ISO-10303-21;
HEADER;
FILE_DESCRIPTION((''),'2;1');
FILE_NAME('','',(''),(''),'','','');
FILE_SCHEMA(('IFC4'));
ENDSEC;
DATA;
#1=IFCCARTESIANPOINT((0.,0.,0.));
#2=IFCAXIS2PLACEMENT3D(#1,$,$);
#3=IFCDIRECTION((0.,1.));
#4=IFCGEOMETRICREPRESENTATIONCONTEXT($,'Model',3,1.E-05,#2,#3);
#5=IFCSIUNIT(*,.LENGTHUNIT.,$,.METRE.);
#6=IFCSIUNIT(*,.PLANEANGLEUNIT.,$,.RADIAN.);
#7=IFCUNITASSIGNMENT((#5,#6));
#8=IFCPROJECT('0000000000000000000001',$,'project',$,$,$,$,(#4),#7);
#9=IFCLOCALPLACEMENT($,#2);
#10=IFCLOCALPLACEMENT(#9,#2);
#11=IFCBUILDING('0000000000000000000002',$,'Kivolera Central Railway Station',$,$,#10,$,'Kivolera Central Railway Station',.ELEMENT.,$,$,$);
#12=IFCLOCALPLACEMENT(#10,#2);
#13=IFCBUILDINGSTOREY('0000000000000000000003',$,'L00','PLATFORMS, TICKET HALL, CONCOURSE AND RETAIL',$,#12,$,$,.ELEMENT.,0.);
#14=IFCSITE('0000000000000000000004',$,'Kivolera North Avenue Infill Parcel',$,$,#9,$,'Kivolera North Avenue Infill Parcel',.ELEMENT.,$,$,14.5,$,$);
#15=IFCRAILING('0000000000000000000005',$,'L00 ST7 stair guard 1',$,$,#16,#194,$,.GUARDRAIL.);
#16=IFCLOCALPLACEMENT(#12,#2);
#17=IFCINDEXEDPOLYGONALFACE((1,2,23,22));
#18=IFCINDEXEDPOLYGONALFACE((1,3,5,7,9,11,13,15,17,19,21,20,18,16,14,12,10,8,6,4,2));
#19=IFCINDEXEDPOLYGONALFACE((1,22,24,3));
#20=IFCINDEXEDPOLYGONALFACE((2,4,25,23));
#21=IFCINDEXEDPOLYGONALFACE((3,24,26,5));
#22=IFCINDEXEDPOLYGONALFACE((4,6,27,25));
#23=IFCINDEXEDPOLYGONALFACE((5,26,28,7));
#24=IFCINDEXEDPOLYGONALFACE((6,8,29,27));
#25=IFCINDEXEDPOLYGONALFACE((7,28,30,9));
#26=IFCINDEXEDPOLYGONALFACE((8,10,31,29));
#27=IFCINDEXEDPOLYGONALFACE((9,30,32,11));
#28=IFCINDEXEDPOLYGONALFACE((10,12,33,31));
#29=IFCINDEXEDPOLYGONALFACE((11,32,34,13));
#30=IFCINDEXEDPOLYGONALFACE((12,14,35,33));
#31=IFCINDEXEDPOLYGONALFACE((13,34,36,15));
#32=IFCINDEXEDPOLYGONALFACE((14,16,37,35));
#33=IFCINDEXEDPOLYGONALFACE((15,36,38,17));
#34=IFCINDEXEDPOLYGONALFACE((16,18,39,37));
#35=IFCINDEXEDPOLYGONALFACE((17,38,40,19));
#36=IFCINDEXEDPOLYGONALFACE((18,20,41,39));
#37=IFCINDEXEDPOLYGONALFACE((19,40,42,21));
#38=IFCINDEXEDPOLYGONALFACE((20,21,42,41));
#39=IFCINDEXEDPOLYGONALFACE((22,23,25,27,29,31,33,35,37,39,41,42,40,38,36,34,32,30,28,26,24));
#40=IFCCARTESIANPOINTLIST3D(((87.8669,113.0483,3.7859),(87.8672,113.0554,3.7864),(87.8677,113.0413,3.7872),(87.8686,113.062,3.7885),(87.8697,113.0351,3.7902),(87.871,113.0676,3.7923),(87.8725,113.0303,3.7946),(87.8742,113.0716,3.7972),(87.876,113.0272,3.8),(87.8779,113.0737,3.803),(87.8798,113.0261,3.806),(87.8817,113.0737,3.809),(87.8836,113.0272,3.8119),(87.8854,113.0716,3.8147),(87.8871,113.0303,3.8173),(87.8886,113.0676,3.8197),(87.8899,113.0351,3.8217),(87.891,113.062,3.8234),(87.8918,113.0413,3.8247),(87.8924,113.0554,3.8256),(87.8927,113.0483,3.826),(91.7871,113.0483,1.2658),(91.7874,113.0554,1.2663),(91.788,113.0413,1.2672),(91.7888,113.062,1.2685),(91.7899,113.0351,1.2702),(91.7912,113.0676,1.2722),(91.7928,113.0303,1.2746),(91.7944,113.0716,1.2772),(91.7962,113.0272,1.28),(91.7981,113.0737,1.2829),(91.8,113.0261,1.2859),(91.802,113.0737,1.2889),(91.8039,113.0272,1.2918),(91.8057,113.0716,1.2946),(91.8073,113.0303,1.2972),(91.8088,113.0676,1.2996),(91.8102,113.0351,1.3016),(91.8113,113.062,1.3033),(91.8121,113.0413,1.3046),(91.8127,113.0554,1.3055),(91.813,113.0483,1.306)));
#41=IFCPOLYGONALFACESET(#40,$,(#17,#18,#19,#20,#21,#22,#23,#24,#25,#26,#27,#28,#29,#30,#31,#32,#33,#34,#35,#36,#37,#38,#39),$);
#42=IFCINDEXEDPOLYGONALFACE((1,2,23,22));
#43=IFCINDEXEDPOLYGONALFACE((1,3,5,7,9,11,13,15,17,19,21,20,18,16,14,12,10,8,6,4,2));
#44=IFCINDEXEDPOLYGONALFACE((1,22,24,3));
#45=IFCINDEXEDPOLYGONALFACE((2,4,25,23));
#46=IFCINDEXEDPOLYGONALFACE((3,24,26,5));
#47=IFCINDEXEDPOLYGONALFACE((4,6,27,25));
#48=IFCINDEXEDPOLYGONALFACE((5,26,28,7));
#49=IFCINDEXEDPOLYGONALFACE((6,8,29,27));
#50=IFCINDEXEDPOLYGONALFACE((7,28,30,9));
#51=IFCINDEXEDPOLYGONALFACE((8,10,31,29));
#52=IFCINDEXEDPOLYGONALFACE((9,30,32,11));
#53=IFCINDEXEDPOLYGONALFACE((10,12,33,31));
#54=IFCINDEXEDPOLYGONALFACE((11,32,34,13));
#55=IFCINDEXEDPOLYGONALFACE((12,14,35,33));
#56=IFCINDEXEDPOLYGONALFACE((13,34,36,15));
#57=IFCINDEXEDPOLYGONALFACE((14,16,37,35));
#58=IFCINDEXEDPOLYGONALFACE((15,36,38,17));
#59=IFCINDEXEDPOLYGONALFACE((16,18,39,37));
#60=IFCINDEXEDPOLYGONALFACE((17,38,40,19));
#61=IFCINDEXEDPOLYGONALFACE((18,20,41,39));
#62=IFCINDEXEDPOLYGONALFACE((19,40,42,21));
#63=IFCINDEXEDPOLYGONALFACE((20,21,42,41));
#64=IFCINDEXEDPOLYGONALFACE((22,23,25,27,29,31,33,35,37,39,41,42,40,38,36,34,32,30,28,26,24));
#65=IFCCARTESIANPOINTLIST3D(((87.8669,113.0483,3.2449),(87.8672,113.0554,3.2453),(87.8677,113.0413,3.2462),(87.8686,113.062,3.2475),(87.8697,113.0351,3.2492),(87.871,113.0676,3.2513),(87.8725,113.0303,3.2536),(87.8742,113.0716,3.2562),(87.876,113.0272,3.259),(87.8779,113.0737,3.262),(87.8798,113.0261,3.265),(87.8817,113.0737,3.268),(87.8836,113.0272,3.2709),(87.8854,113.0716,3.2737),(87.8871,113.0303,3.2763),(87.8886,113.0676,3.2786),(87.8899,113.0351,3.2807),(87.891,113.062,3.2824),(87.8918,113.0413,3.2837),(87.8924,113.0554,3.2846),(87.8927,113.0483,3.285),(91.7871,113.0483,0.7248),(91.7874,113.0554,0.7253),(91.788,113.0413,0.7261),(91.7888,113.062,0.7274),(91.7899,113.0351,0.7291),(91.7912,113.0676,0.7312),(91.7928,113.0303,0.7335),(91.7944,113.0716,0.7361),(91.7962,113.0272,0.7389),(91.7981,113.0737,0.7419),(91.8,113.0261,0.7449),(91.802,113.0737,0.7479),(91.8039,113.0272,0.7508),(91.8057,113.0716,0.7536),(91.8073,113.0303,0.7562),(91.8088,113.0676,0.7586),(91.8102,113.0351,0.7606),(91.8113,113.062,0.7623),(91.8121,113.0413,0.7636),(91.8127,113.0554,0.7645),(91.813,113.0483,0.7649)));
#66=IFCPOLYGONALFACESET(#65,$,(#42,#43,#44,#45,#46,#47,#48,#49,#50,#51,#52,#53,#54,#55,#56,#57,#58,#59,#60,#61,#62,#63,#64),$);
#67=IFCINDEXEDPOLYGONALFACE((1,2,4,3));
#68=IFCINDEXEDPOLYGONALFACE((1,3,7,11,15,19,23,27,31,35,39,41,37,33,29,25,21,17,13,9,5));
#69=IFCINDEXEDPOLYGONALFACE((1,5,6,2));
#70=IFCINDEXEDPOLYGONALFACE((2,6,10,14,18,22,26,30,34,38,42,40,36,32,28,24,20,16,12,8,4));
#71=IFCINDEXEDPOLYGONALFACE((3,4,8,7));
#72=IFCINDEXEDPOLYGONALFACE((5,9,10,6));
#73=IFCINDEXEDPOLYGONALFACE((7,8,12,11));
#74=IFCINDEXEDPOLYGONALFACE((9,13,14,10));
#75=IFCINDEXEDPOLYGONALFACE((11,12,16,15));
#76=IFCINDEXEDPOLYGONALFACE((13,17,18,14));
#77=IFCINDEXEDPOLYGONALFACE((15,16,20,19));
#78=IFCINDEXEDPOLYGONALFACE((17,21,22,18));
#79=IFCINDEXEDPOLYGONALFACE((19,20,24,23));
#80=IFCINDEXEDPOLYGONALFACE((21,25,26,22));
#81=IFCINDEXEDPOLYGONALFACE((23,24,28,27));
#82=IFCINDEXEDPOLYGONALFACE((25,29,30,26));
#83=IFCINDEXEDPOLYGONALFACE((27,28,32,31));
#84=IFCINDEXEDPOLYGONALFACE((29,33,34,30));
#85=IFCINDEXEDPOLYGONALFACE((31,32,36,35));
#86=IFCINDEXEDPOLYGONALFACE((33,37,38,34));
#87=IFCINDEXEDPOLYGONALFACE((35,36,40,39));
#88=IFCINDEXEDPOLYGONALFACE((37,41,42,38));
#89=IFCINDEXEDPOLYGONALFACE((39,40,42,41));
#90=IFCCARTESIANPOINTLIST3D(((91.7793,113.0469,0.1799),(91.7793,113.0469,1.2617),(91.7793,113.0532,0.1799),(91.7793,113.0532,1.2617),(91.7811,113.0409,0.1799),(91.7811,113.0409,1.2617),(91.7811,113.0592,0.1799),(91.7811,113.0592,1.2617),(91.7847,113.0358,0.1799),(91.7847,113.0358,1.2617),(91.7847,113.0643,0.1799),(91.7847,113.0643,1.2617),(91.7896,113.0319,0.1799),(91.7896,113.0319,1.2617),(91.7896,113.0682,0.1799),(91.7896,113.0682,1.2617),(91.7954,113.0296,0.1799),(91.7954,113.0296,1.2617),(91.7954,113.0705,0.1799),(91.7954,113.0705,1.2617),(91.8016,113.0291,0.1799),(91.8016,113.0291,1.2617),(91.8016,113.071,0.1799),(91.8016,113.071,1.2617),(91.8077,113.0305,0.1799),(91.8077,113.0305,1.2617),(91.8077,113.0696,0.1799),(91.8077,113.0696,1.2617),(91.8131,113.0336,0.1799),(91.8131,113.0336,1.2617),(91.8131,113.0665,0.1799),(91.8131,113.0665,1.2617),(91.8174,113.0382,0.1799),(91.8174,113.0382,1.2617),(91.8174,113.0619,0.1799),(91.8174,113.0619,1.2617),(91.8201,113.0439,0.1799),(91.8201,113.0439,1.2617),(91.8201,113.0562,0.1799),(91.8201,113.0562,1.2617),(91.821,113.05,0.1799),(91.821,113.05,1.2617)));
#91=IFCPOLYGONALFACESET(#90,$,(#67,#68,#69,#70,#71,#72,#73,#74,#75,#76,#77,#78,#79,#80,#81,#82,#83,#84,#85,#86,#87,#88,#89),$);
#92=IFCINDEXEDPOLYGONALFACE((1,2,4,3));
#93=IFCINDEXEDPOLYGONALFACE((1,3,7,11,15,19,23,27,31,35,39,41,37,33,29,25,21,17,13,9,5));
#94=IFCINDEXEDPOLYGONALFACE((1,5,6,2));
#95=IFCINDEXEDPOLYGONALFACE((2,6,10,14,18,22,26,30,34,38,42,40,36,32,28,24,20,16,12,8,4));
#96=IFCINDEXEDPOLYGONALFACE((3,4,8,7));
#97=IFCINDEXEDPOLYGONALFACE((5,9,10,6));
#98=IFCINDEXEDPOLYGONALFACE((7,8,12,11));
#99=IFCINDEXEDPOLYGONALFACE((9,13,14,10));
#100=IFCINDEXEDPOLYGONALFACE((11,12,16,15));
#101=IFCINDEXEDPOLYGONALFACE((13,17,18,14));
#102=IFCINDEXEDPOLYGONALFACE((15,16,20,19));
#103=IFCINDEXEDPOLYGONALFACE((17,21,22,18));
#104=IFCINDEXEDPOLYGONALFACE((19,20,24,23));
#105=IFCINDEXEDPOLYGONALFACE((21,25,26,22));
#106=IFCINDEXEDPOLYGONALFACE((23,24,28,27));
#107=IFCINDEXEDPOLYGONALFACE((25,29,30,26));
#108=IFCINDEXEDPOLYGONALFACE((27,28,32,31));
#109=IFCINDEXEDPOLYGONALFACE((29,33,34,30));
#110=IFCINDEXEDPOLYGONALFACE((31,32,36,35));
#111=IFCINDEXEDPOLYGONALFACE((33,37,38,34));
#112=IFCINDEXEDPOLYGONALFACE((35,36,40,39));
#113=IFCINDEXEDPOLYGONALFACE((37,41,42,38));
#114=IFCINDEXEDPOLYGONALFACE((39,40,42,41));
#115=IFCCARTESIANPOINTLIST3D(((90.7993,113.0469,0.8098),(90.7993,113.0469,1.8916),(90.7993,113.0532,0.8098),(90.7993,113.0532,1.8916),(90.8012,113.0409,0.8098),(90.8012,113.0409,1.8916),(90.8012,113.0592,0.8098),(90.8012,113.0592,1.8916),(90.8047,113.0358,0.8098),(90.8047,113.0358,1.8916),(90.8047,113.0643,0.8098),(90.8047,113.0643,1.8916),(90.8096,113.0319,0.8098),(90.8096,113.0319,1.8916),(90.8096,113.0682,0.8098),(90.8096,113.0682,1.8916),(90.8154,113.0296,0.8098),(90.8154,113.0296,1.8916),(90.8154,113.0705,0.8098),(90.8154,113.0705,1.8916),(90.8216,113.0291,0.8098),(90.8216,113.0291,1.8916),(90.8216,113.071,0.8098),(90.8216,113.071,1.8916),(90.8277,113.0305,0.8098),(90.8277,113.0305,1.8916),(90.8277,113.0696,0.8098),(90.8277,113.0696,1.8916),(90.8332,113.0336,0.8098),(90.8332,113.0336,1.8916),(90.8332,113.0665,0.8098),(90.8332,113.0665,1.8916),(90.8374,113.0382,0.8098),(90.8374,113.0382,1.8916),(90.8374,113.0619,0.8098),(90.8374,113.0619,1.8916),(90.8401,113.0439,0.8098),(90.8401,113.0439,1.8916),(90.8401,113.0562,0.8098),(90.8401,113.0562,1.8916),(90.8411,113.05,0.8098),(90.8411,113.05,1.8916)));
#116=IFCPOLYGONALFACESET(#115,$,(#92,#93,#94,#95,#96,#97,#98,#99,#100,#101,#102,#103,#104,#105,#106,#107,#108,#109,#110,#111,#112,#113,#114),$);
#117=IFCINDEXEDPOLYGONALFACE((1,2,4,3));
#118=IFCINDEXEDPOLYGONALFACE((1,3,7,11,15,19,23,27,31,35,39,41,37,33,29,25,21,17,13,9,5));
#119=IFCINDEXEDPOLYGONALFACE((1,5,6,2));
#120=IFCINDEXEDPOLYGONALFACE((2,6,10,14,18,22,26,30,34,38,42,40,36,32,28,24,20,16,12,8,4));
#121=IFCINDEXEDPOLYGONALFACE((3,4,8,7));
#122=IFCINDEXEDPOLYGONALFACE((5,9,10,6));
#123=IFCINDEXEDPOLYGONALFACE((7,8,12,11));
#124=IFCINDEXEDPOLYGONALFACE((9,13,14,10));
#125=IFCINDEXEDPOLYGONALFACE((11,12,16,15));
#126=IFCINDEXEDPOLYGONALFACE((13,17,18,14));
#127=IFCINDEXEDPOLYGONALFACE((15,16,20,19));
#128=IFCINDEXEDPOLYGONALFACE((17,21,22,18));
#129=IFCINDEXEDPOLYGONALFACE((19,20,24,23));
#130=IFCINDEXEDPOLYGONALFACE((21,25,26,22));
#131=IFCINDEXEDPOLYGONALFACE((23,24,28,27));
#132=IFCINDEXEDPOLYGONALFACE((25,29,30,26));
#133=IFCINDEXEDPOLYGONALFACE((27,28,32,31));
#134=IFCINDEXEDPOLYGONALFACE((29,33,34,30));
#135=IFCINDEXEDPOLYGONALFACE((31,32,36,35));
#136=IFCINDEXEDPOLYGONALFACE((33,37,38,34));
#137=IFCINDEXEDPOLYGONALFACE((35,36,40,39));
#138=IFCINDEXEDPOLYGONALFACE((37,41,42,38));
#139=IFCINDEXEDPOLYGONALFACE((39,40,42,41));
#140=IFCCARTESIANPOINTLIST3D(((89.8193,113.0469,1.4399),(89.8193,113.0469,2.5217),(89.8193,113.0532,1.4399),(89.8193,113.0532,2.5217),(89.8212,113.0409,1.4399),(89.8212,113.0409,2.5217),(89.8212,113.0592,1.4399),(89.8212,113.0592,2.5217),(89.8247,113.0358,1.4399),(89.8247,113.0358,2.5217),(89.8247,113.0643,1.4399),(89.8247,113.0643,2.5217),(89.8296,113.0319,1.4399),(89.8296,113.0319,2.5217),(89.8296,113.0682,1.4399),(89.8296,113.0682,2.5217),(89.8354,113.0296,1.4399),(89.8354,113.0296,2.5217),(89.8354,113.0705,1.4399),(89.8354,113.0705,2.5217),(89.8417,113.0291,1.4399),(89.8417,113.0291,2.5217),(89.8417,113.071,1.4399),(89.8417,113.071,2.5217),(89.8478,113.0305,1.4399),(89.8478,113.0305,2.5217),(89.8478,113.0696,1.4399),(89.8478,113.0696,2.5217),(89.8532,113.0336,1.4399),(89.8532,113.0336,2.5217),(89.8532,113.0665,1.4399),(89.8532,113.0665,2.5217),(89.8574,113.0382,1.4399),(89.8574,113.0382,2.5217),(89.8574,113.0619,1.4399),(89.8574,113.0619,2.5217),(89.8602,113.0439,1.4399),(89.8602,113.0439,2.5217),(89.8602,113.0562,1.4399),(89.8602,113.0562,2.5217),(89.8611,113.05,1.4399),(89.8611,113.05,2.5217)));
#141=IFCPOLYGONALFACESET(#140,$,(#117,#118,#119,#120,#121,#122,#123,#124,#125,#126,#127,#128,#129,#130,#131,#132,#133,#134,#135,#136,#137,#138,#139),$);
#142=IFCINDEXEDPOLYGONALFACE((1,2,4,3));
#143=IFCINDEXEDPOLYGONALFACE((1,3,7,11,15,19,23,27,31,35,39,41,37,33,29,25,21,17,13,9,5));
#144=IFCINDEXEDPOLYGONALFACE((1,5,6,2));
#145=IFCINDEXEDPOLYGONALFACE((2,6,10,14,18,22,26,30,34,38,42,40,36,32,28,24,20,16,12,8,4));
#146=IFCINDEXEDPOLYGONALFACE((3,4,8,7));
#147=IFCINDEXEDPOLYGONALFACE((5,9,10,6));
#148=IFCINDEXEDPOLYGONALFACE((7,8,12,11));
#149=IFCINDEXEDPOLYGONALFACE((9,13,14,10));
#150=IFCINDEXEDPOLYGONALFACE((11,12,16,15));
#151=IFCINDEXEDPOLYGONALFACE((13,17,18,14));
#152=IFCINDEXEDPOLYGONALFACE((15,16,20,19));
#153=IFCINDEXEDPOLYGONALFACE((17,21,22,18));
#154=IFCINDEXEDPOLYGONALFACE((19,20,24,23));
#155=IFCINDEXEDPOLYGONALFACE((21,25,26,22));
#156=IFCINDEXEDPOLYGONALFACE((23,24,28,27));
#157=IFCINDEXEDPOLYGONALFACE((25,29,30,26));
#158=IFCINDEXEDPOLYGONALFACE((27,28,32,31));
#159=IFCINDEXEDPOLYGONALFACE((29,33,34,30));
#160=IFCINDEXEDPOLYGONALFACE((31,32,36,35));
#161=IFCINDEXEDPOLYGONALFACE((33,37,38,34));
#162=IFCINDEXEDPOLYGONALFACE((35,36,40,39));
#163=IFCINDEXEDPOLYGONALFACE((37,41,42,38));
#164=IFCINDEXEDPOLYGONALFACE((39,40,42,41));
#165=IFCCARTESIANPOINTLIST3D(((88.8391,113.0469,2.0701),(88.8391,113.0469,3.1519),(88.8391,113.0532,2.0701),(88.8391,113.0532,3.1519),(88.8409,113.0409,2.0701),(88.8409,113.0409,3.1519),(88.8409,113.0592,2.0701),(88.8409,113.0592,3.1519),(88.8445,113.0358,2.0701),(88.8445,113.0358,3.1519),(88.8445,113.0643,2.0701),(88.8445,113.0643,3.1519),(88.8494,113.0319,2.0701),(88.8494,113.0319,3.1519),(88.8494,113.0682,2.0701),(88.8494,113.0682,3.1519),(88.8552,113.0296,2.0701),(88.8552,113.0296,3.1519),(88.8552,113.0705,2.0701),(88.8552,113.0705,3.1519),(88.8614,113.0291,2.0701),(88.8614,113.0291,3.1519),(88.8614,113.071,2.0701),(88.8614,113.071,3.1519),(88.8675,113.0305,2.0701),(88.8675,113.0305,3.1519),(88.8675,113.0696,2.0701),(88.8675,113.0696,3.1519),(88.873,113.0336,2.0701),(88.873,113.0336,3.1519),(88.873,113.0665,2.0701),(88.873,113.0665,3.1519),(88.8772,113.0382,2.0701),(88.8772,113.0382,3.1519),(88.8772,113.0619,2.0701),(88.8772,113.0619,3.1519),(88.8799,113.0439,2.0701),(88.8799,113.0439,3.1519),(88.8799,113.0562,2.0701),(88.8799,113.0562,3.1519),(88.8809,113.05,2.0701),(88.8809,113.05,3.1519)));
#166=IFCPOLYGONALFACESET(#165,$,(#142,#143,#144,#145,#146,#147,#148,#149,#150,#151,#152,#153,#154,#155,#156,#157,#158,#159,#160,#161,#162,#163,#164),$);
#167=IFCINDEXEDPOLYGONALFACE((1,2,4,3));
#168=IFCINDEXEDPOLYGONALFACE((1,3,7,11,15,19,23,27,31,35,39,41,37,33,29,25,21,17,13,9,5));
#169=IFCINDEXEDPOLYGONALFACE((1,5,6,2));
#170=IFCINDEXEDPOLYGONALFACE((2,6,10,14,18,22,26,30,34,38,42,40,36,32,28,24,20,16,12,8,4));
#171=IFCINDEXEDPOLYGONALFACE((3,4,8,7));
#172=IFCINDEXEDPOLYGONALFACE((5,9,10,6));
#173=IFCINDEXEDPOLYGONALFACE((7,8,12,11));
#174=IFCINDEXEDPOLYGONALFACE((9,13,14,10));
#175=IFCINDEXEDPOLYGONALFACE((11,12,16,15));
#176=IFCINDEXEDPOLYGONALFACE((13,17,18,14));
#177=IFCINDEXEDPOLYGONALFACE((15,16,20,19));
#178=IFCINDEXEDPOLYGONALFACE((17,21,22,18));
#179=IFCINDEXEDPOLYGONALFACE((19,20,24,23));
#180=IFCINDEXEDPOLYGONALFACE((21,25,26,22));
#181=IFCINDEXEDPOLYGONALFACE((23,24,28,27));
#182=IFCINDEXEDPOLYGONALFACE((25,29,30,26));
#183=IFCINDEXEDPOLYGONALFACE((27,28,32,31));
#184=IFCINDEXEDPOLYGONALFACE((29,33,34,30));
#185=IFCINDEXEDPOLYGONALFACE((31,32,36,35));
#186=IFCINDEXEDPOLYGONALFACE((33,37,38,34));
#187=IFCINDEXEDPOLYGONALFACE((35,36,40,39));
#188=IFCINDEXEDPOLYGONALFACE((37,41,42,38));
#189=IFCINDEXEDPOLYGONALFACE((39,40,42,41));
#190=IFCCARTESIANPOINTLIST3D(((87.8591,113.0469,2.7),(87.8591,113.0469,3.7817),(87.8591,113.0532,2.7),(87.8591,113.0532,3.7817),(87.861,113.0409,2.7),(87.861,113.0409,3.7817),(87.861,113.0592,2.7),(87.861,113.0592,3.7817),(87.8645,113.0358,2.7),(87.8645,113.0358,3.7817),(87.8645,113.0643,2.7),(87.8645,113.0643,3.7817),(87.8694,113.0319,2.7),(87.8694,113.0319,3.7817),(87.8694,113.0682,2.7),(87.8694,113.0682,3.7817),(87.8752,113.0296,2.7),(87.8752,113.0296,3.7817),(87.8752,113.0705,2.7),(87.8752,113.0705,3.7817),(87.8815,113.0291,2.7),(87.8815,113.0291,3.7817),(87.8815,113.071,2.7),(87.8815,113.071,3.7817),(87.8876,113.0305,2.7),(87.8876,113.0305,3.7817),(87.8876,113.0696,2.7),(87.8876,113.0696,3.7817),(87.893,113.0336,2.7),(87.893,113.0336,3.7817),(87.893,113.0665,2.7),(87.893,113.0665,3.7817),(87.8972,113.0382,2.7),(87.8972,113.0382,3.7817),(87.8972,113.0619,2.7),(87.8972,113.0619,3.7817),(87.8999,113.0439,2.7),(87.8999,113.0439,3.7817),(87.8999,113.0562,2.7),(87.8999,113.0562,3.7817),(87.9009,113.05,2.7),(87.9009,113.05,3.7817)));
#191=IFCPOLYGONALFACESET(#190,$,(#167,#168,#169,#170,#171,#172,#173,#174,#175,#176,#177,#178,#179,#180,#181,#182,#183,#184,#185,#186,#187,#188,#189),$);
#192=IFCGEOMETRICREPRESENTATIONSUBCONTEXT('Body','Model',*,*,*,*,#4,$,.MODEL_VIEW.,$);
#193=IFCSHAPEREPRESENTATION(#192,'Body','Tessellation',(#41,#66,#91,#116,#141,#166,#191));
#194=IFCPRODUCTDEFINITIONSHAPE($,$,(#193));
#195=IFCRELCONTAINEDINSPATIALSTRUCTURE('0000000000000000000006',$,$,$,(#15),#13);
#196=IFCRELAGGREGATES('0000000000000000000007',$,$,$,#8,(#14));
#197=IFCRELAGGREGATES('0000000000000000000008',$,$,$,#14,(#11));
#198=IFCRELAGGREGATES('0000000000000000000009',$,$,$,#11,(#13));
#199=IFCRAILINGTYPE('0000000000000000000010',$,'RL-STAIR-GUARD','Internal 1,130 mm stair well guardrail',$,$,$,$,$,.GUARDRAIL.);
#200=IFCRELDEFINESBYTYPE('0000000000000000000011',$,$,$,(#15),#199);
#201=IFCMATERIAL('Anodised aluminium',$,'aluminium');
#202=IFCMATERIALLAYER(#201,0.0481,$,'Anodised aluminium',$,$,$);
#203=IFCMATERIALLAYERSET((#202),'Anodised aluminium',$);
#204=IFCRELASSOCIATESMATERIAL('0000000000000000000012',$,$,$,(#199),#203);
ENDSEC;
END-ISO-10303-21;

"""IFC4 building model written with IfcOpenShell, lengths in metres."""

from ifc_helpers import new_model, si_unit, direction, frame, origin, origin_2d, place, context, subcontext, project, spatial, circle, extrude, material, layer, layer_set, type_object, element, save


model = new_model("IFC4")

# Units and contexts
model_context = context("Model", 3, precision=1e-05, world=origin(), true_north=direction((0.0, 1.0)))
body_context = subcontext(model_context, "Body", "Model", "MODEL_VIEW")
ifc_project = project(units=[si_unit("LENGTHUNIT", "METRE"), si_unit("PLANEANGLEUNIT", "RADIAN")], contexts=[model_context])

# Site, building, storey
site_placement = place(None, origin())
site = spatial("IfcSite", under=ifc_project, at=site_placement, Name="Kivolera North Avenue Infill Parcel", LongName="Kivolera North Avenue Infill Parcel", CompositionType="ELEMENT", RefElevation=14.5)
building_placement = place(site_placement, origin())
building = spatial("IfcBuilding", under=site, at=building_placement, Name="Kivolera Central Railway Station", LongName="Kivolera Central Railway Station", CompositionType="ELEMENT")
storey_placement = place(building_placement, origin())
storey = spatial("IfcBuildingStorey", under=building, at=storey_placement, Name="L00", Description="PLATFORMS, TICKET HALL, CONCOURSE AND RETAIL", CompositionType="ELEMENT", Elevation=0.0)

# Shared definitions
ifc_material_1 = material(Name="Anodised aluminium", Category="aluminium")

# Railing
ifc_layer_1 = layer(ifc_material_1, 0.0481, Name="Anodised aluminium")
ifc_layer_set_1 = layer_set([ifc_layer_1], Name="Anodised aluminium")
railing_type = type_object("IfcRailingType", Name="RL-STAIR-GUARD", Description="Internal 1,130 mm stair well guardrail", PredefinedType="GUARDRAIL", material=ifc_layer_set_1)
railing_1_placement = place(storey_placement, frame((91.8, 113.05, 0.1799)))
element("IfcRailing", 1, at=railing_1_placement, inside=storey, type_object=railing_type, Name="L00 ST7 stair guard 1", PredefinedType="GUARDRAIL", context=body_context, shape_type="SweptSolid", body=[
    extrude(circle(Radius=0.0239, at=origin_2d()), frame((0.0, 0.0, 1.106), z_axis=(-0.841187, 0.0, 0.540744), x_axis=(0.0, -1.0, 0.0)), (0.0, 0.0, 1.0), 4.6604),
    extrude(circle(Radius=0.0239, at=origin_2d()), frame((0.0, 0.0, 0.5649), z_axis=(-0.841187, 0.0, 0.540744), x_axis=(0.0, -1.0, 0.0)), (0.0, 0.0, 1.0), 4.6604),
    extrude(circle(Radius=0.021, at=origin_2d()), origin(), (0.0, 0.0, 1.0), 1.0818),
    extrude(circle(Radius=0.021, at=origin_2d()), frame((-0.98, 0.0, 0.6299)), (0.0, 0.0, 1.0), 1.0818),
    extrude(circle(Radius=0.021, at=origin_2d()), frame((-1.96, 0.0, 1.26)), (0.0, 0.0, 1.0), 1.0818),
    extrude(circle(Radius=0.021, at=origin_2d()), frame((-2.9402, 0.0, 1.8901)), (0.0, 0.0, 1.0), 1.0818),
    extrude(circle(Radius=0.021, at=origin_2d()), frame((-3.9202, 0.0, 2.52)), (0.0, 0.0, 1.0), 1.0818),
])

save(model, "model.ifc")
